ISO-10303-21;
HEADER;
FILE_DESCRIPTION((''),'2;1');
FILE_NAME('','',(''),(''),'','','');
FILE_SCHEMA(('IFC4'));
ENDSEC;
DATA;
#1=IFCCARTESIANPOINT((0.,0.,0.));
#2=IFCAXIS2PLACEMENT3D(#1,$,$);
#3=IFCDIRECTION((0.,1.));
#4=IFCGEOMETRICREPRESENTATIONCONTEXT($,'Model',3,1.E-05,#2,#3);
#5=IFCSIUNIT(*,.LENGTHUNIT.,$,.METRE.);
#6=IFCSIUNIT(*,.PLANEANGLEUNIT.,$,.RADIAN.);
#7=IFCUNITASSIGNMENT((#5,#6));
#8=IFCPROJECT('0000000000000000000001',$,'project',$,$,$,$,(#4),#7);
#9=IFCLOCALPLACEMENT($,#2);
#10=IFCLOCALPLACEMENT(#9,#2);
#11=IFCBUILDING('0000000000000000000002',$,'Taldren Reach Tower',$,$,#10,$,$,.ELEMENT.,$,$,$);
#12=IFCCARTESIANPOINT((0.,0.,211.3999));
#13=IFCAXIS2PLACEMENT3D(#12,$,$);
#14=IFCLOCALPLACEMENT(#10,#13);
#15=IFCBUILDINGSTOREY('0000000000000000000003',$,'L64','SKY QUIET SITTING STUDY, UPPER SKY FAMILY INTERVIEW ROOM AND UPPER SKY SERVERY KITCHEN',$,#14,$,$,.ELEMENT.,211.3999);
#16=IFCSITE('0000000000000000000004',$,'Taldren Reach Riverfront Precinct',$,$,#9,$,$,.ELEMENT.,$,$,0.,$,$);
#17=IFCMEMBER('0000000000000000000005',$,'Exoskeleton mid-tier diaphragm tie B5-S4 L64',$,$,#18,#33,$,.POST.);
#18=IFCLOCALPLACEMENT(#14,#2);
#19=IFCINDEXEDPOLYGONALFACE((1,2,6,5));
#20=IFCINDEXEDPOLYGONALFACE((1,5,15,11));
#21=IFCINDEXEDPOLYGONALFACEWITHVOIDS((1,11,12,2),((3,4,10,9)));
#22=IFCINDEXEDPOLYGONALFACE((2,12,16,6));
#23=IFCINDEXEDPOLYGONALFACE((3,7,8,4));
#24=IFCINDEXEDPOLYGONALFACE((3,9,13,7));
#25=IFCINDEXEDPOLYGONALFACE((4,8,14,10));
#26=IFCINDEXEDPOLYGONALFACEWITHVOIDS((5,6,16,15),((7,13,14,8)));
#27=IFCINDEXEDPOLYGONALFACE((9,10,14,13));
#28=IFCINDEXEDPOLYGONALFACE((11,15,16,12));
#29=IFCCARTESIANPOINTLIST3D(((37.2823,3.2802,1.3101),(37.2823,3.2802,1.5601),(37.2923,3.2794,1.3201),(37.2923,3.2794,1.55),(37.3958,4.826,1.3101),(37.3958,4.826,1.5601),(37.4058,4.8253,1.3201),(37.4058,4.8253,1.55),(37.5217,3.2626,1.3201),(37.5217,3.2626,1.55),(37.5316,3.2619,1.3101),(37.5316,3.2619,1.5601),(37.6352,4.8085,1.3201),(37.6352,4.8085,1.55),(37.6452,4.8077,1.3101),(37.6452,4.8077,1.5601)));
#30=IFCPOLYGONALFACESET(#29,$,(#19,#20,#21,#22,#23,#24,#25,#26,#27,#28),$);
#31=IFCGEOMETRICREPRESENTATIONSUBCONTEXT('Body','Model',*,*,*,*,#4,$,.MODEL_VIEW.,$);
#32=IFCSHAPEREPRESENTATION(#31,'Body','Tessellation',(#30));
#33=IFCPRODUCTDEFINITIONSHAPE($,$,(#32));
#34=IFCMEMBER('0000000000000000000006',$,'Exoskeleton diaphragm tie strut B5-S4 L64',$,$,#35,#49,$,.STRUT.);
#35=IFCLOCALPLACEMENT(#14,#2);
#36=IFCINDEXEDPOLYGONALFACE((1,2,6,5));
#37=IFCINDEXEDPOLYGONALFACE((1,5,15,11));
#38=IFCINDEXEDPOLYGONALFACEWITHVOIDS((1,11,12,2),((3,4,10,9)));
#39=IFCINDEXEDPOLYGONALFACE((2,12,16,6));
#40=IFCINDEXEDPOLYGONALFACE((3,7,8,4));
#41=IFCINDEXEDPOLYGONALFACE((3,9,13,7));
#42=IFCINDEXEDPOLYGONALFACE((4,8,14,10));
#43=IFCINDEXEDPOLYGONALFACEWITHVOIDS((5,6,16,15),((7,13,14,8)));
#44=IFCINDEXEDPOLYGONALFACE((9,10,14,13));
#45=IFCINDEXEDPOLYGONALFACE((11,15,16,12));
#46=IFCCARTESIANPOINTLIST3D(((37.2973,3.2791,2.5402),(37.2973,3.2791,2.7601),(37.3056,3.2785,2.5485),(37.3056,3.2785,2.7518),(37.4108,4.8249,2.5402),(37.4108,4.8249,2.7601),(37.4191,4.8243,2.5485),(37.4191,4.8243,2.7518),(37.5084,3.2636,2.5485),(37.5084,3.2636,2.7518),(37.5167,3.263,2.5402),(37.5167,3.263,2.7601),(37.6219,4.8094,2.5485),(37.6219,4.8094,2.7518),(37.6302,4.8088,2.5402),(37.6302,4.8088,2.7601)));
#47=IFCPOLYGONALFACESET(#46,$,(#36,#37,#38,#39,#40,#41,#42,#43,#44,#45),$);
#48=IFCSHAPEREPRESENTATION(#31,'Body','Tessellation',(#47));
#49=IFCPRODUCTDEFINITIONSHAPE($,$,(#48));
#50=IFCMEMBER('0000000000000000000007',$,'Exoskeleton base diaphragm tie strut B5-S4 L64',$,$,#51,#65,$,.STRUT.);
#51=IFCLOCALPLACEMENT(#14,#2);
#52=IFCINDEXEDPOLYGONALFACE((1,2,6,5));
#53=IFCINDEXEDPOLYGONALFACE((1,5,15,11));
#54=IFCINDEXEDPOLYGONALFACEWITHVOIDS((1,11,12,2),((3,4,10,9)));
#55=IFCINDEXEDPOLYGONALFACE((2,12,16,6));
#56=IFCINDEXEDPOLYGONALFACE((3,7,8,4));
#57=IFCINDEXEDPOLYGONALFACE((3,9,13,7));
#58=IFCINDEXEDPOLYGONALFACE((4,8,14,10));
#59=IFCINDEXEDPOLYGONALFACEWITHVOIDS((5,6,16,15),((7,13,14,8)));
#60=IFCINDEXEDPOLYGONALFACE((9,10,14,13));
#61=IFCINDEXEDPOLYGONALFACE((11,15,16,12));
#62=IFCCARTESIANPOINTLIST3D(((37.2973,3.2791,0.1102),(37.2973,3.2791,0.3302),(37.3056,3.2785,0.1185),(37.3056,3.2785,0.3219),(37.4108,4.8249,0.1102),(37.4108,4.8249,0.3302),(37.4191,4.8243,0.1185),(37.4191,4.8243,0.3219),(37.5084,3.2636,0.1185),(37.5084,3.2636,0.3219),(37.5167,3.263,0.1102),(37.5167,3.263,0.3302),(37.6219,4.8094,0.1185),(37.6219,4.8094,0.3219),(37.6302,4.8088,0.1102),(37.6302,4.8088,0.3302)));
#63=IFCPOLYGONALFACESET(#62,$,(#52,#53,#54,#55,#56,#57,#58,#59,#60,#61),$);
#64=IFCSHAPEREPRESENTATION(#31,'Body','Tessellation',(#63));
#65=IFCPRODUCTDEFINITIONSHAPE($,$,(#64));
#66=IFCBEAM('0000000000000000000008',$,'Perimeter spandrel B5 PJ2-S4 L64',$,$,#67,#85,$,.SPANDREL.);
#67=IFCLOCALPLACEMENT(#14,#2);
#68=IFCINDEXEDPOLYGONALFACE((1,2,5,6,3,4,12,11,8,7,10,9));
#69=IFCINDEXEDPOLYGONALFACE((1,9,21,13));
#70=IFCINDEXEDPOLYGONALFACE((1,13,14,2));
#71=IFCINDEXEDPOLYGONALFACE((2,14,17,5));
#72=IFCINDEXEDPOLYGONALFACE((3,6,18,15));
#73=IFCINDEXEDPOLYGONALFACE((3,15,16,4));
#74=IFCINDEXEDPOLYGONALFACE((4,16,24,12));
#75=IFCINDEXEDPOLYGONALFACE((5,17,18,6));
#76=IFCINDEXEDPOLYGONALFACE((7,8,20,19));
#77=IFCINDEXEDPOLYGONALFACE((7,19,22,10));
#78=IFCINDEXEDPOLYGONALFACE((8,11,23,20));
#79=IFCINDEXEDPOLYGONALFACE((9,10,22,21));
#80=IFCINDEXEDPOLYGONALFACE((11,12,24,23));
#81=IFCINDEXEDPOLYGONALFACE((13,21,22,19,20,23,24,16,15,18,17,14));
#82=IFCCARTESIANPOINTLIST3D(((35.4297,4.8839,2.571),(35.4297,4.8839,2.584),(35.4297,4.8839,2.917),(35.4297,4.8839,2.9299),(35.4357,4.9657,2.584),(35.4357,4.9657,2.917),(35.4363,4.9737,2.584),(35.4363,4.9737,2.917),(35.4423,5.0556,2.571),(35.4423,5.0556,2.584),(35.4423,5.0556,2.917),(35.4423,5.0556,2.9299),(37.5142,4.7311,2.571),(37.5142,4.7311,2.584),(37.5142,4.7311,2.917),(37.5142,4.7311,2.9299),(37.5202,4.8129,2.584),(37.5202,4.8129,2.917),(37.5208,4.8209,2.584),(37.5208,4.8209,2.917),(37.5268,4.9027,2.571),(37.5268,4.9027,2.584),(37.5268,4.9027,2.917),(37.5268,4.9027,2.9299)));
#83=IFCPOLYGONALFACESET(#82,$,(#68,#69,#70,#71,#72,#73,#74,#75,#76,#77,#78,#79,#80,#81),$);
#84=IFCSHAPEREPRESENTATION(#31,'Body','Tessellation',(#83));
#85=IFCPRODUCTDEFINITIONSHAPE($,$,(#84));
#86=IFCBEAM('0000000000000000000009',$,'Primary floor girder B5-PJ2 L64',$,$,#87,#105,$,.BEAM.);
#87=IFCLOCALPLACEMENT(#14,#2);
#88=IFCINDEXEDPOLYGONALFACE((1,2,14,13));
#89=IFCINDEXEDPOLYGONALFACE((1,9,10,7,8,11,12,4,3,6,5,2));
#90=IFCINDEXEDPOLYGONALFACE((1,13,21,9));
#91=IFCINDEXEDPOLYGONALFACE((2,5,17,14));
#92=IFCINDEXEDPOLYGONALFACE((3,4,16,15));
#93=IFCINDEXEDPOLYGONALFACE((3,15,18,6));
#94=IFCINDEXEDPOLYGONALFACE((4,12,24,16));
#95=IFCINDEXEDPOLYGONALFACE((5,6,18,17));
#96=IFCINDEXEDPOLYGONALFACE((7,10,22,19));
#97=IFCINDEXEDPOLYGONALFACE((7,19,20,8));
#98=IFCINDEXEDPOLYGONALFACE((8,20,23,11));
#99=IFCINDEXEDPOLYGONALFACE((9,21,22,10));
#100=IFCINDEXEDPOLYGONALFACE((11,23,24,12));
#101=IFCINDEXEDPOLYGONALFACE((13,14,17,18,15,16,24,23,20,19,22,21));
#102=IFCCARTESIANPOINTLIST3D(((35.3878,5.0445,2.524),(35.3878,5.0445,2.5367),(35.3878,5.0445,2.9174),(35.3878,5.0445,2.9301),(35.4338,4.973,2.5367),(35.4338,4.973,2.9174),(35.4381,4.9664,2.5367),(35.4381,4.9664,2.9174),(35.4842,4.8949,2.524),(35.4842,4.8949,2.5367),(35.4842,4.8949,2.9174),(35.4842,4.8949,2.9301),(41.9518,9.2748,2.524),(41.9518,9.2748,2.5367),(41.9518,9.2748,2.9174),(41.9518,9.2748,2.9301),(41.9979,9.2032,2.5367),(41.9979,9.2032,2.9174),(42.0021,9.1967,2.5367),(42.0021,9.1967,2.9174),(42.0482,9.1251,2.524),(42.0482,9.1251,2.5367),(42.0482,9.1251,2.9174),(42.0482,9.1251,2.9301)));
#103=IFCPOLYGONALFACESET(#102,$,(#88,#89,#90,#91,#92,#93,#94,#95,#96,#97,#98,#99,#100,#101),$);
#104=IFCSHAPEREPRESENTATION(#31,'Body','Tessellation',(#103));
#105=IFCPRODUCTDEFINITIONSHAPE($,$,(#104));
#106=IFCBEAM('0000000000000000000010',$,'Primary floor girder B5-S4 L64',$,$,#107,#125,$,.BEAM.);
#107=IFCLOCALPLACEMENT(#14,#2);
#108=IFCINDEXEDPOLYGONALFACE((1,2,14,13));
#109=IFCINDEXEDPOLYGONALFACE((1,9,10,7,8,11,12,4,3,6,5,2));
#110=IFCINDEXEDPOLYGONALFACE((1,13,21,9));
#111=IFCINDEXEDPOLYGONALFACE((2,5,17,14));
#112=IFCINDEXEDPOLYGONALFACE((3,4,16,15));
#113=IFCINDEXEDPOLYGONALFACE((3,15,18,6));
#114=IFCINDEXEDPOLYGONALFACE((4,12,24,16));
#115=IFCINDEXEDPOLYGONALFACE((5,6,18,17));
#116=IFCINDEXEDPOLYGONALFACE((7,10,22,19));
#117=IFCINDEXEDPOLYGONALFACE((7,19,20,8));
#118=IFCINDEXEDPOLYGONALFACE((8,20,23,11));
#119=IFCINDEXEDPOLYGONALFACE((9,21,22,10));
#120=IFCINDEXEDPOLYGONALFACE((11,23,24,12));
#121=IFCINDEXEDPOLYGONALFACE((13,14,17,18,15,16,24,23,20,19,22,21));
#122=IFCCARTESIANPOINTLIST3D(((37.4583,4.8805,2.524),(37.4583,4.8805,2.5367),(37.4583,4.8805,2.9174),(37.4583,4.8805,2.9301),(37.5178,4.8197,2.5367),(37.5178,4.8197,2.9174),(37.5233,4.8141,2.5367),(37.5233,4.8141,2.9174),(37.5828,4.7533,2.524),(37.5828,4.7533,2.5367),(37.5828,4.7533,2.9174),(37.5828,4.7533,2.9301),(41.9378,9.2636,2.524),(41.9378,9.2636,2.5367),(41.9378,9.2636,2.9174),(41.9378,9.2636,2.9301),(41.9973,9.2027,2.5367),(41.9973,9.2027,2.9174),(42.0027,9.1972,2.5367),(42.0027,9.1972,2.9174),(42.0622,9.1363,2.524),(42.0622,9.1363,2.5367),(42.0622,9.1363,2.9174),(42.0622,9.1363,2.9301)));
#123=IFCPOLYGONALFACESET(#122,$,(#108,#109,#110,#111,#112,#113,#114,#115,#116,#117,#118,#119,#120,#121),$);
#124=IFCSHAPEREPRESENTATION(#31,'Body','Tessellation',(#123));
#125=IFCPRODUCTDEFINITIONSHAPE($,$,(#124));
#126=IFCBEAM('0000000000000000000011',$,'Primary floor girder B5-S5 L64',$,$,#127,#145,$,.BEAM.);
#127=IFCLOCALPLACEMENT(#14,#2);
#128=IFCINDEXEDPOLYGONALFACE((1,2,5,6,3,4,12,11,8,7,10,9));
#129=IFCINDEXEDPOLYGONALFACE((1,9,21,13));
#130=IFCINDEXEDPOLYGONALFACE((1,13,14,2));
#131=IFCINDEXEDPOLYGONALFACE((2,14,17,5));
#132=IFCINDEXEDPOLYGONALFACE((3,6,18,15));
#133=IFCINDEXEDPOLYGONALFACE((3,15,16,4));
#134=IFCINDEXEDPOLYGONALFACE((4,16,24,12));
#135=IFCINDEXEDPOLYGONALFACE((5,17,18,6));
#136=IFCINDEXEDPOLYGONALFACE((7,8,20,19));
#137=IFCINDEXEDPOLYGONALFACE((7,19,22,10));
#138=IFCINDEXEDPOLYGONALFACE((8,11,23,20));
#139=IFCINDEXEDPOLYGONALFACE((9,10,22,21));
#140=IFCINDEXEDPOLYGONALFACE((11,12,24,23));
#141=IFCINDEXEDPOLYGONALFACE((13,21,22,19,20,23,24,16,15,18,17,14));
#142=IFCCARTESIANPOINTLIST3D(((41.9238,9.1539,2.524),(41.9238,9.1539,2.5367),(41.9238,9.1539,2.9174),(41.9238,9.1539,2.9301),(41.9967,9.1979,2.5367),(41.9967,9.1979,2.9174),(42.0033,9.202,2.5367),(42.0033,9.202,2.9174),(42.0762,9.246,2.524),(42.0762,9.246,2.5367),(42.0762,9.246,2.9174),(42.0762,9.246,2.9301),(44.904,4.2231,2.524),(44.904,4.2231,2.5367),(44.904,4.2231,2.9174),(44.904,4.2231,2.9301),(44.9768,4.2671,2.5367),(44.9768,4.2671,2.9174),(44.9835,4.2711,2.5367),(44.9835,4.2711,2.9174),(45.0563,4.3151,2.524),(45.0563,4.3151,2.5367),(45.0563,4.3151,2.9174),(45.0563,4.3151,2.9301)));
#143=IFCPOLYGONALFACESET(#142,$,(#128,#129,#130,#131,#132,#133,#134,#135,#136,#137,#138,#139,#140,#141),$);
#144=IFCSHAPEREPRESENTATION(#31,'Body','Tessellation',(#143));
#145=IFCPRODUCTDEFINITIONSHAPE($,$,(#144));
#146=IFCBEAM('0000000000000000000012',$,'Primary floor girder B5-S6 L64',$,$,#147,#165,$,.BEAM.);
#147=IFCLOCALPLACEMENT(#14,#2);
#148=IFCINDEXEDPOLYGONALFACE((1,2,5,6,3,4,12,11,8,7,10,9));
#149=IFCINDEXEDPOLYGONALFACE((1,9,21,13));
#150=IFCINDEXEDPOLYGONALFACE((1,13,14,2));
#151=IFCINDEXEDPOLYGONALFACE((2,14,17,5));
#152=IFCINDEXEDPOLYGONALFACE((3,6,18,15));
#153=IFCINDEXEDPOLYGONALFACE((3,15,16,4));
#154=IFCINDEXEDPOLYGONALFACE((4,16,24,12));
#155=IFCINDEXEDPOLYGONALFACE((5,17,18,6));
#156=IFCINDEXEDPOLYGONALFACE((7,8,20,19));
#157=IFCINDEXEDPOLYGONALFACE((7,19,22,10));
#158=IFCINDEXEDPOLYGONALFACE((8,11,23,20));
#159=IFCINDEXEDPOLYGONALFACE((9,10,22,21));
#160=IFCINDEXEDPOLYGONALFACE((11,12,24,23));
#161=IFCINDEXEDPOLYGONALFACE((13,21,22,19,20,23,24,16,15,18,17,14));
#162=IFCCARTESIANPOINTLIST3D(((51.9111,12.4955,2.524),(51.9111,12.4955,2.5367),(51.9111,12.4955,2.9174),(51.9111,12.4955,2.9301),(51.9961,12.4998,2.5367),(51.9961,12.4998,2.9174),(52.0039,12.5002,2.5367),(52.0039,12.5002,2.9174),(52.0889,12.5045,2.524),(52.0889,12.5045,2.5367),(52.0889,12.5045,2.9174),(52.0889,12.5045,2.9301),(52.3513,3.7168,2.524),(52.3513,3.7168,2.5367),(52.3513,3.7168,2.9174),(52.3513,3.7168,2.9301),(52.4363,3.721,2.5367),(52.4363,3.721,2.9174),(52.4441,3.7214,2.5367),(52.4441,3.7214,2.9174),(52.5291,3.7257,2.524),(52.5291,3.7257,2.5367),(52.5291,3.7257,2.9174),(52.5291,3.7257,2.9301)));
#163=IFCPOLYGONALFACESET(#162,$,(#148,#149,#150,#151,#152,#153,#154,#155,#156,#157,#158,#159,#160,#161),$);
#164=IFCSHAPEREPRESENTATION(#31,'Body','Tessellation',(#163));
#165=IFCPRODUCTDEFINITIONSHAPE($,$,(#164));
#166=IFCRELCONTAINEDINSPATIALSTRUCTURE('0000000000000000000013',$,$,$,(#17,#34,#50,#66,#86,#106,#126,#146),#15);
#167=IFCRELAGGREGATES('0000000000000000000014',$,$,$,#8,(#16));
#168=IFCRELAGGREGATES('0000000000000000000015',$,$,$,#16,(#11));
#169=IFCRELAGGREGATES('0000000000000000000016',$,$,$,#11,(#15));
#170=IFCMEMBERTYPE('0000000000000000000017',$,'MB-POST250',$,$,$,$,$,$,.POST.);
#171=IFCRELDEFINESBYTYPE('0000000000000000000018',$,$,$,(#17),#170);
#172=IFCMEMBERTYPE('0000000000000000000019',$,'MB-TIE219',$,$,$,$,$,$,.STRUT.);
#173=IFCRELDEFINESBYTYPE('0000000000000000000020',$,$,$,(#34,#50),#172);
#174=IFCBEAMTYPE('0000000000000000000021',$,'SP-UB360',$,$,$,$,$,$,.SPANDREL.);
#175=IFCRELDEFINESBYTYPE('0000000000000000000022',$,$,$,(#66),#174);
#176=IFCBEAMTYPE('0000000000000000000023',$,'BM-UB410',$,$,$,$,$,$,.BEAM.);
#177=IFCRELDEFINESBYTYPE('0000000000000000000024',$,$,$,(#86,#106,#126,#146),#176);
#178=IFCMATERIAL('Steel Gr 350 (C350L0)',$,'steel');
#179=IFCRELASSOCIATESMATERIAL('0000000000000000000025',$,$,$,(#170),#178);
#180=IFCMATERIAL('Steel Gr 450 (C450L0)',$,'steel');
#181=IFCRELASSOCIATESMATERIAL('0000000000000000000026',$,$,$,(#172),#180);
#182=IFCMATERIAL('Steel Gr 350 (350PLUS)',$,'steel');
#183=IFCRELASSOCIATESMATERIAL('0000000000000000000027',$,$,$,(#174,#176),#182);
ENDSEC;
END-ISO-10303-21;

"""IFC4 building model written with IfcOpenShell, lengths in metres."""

from ifc_helpers import new_model, si_unit, direction, frame, origin, origin_2d, place, context, subcontext, project, spatial, hollow_rectangle, i_section, extrude, source, transform, mapped, material, material_profile, profile_set, type_object, element, save


model = new_model("IFC4")

# Units and contexts
model_context = context("Model", 3, precision=1e-05, world=origin(), true_north=direction((0.0, 1.0)))
body_context = subcontext(model_context, "Body", "Model", "MODEL_VIEW")
ifc_project = project(units=[si_unit("LENGTHUNIT", "METRE"), si_unit("PLANEANGLEUNIT", "RADIAN")], contexts=[model_context])

# Site, building, storey
site_placement = place(None, origin())
site = spatial("IfcSite", under=ifc_project, at=site_placement, Name="Taldren Reach Riverfront Precinct", CompositionType="ELEMENT", RefElevation=0.0)
building_placement = place(site_placement, origin())
building = spatial("IfcBuilding", under=site, at=building_placement, Name="Taldren Reach Tower", CompositionType="ELEMENT")
storey_placement = place(building_placement, frame((0.0, 0.0, 211.3999)))
storey = spatial("IfcBuildingStorey", under=building, at=storey_placement, Name="L64", Description="SKY QUIET SITTING STUDY, UPPER SKY FAMILY INTERVIEW ROOM AND UPPER SKY SERVERY KITCHEN", CompositionType="ELEMENT", Elevation=211.3999)

# Shared definitions
ifc_material_1 = material(Name="Steel Gr 350 (350PLUS)", Category="steel")
ifc_material_2 = material(Name="Steel Gr 450 (C450L0)", Category="steel")
ifc_material_3 = material(Name="Steel Gr 350 (C350L0)", Category="steel")

# Members
ifc_material_profile_1 = material_profile(ifc_material_3, hollow_rectangle(XDim=0.25, YDim=0.25, WallThickness=0.01, at=origin_2d()), Name="250x250x10.0SHS")
ifc_profile_set_1 = profile_set([ifc_material_profile_1], Name="Steel Gr 350 (C350L0)")
member_type_1 = type_object("IfcMemberType", Name="MB-POST250", PredefinedType="POST", material=ifc_profile_set_1)
shared_shape_1 = source(origin(), body_context, "Body", "SweptSolid", [
    extrude(hollow_rectangle(XDim=0.25, YDim=0.25, WallThickness=0.01, at=origin_2d()), origin(), (0.0, 0.0, 1.0), 1.55),
])
member_placement = place(storey_placement, frame((37.5205, 4.8169, 1.4351), z_axis=(-0.073239, -0.997314, 0.0), x_axis=(0.997314, -0.073239, 0.0)))
element("IfcMember", 1, at=member_placement, inside=storey, type_object=member_type_1, Name="Exoskeleton mid-tier diaphragm tie B5-S4 L64", PredefinedType="POST", context=body_context, shape_type="MappedRepresentation", body=[
    mapped(shared_shape_1, transform((0.0, 0.0, 0.0), scale=1.0)),
])
ifc_material_profile_2 = material_profile(ifc_material_2, hollow_rectangle(XDim=0.22, YDim=0.22, WallThickness=0.0083, at=origin_2d()), Name="220x220x8.2SHS")
ifc_profile_set_2 = profile_set([ifc_material_profile_2], Name="Steel Gr 450 (C450L0)")
member_type_2 = type_object("IfcMemberType", Name="MB-TIE219", PredefinedType="STRUT", material=ifc_profile_set_2)
shared_shape_2 = source(origin(), body_context, "Body", "SweptSolid", [
    extrude(hollow_rectangle(XDim=0.22, YDim=0.22, WallThickness=0.0083, at=origin_2d()), origin(), (0.0, 0.0, 1.0), 1.55),
])
for number, where, z_axis, x_axis, name in (
    (2, (37.5205, 4.8169, 2.6501), (-0.073239, -0.997314, 0.0), (0.997314, -0.073239, 0.0), "Exoskeleton diaphragm tie strut B5-S4 L64"),
    (3, (37.5205, 4.8169, 0.2202), (-0.073239, -0.997314, 0.0), (0.997314, -0.073239, 0.0), "Exoskeleton base diaphragm tie strut B5-S4 L64"),
):
    element("IfcMember", number, at=place(storey_placement, frame(where, z_axis=z_axis, x_axis=x_axis)), inside=storey, type_object=member_type_2, Name=name, PredefinedType="STRUT", context=body_context, shape_type="MappedRepresentation", body=[
        mapped(shared_shape_2, transform((0.0, 0.0, 0.0), scale=1.0)),
    ])

# Beams
ifc_material_profile_3 = material_profile(ifc_material_1, i_section(OverallWidth=0.1721, OverallDepth=0.3589, WebThickness=0.0081, FlangeThickness=0.0129, at=origin_2d()), Name="360UB56.7")
ifc_profile_set_3 = profile_set([ifc_material_profile_3], Name="Steel Gr 350 (350PLUS)")
beam_type_1 = type_object("IfcBeamType", Name="SP-UB360", PredefinedType="SPANDREL", material=ifc_profile_set_3)
shared_shape_3 = source(origin(), body_context, "Body", "SweptSolid", [
    extrude(i_section(OverallWidth=0.1721, OverallDepth=0.3589, WebThickness=0.0081, FlangeThickness=0.0129, at=origin_2d()), origin(), (0.0, 0.0, 1.0), 2.0901),
])
beam_1_placement = place(storey_placement, frame((35.436, 4.9697, 2.7505), z_axis=(0.997323, -0.073123, 0.0), x_axis=(0.073123, 0.997323, 0.0)))
element("IfcBeam", 4, at=beam_1_placement, inside=storey, type_object=beam_type_1, Name="Perimeter spandrel B5 PJ2-S4 L64", PredefinedType="SPANDREL", context=body_context, shape_type="MappedRepresentation", body=[
    mapped(shared_shape_3, transform((0.0, 0.0, 0.0), scale=1.0)),
])
ifc_material_profile_4 = material_profile(ifc_material_1, i_section(OverallWidth=0.178, OverallDepth=0.406, WebThickness=0.0078, FlangeThickness=0.0127, at=origin_2d()), Name="410UB59.7")
ifc_profile_set_4 = profile_set([ifc_material_profile_4], Name="Steel Gr 350 (350PLUS)")
beam_type_2 = type_object("IfcBeamType", Name="BM-UB410", PredefinedType="BEAM", material=ifc_profile_set_4)
shared_shape_4 = source(origin(), body_context, "Body", "SweptSolid", [
    extrude(i_section(OverallWidth=0.178, OverallDepth=0.406, WebThickness=0.0078, FlangeThickness=0.0127, at=origin_2d()), origin(), (0.0, 0.0, 1.0), 7.8091),
])
beam_2_placement = place(storey_placement, frame((42.0, 9.2, 2.7271), z_axis=(-0.840564, -0.541712, 0.0), x_axis=(0.541712, -0.840564, 0.0)))
element("IfcBeam", 5, at=beam_2_placement, inside=storey, type_object=beam_type_2, Name="Primary floor girder B5-PJ2 L64", PredefinedType="BEAM", context=body_context, shape_type="MappedRepresentation", body=[
    mapped(shared_shape_4, transform((0.0, 0.0, 0.0), scale=1.0)),
])
shared_shape_5 = source(origin(), body_context, "Body", "SweptSolid", [
    extrude(i_section(OverallWidth=0.178, OverallDepth=0.406, WebThickness=0.0078, FlangeThickness=0.0127, at=origin_2d()), origin(), (0.0, 0.0, 1.0), 6.2671),
])
beam_3_placement = place(storey_placement, frame((42.0, 9.2, 2.7271), z_axis=(-0.714759, -0.699371, 0.0), x_axis=(0.699371, -0.714759, 0.0)))
element("IfcBeam", 6, at=beam_3_placement, inside=storey, type_object=beam_type_2, Name="Primary floor girder B5-S4 L64", PredefinedType="BEAM", context=body_context, shape_type="MappedRepresentation", body=[
    mapped(shared_shape_5, transform((0.0, 0.0, 0.0), scale=1.0)),
])
shared_shape_6 = source(origin(), body_context, "Body", "SweptSolid", [
    extrude(i_section(OverallWidth=0.178, OverallDepth=0.406, WebThickness=0.0078, FlangeThickness=0.0127, at=origin_2d()), origin(), (0.0, 0.0, 1.0), 5.7615),
])
beam_4_placement = place(storey_placement, frame((42.0, 9.2, 2.7271), z_axis=(0.51726, -0.855828, 0.0), x_axis=(0.855828, 0.51726, 0.0)))
element("IfcBeam", 7, at=beam_4_placement, inside=storey, type_object=beam_type_2, Name="Primary floor girder B5-S5 L64", PredefinedType="BEAM", context=body_context, shape_type="MappedRepresentation", body=[
    mapped(shared_shape_6, transform((0.0, 0.0, 0.0), scale=1.0)),
])
shared_shape_7 = source(origin(), body_context, "Body", "SweptSolid", [
    extrude(i_section(OverallWidth=0.178, OverallDepth=0.406, WebThickness=0.0078, FlangeThickness=0.0127, at=origin_2d()), origin(), (0.0, 0.0, 1.0), 8.7898),
])
beam_5_placement = place(storey_placement, frame((52.0, 12.5, 2.7271), z_axis=(0.050079, -0.998745, 0.0), x_axis=(0.998745, 0.050079, 0.0)))
element("IfcBeam", 8, at=beam_5_placement, inside=storey, type_object=beam_type_2, Name="Primary floor girder B5-S6 L64", PredefinedType="BEAM", context=body_context, shape_type="MappedRepresentation", body=[
    mapped(shared_shape_7, transform((0.0, 0.0, 0.0), scale=1.0)),
])

save(model, "model.ifc")
